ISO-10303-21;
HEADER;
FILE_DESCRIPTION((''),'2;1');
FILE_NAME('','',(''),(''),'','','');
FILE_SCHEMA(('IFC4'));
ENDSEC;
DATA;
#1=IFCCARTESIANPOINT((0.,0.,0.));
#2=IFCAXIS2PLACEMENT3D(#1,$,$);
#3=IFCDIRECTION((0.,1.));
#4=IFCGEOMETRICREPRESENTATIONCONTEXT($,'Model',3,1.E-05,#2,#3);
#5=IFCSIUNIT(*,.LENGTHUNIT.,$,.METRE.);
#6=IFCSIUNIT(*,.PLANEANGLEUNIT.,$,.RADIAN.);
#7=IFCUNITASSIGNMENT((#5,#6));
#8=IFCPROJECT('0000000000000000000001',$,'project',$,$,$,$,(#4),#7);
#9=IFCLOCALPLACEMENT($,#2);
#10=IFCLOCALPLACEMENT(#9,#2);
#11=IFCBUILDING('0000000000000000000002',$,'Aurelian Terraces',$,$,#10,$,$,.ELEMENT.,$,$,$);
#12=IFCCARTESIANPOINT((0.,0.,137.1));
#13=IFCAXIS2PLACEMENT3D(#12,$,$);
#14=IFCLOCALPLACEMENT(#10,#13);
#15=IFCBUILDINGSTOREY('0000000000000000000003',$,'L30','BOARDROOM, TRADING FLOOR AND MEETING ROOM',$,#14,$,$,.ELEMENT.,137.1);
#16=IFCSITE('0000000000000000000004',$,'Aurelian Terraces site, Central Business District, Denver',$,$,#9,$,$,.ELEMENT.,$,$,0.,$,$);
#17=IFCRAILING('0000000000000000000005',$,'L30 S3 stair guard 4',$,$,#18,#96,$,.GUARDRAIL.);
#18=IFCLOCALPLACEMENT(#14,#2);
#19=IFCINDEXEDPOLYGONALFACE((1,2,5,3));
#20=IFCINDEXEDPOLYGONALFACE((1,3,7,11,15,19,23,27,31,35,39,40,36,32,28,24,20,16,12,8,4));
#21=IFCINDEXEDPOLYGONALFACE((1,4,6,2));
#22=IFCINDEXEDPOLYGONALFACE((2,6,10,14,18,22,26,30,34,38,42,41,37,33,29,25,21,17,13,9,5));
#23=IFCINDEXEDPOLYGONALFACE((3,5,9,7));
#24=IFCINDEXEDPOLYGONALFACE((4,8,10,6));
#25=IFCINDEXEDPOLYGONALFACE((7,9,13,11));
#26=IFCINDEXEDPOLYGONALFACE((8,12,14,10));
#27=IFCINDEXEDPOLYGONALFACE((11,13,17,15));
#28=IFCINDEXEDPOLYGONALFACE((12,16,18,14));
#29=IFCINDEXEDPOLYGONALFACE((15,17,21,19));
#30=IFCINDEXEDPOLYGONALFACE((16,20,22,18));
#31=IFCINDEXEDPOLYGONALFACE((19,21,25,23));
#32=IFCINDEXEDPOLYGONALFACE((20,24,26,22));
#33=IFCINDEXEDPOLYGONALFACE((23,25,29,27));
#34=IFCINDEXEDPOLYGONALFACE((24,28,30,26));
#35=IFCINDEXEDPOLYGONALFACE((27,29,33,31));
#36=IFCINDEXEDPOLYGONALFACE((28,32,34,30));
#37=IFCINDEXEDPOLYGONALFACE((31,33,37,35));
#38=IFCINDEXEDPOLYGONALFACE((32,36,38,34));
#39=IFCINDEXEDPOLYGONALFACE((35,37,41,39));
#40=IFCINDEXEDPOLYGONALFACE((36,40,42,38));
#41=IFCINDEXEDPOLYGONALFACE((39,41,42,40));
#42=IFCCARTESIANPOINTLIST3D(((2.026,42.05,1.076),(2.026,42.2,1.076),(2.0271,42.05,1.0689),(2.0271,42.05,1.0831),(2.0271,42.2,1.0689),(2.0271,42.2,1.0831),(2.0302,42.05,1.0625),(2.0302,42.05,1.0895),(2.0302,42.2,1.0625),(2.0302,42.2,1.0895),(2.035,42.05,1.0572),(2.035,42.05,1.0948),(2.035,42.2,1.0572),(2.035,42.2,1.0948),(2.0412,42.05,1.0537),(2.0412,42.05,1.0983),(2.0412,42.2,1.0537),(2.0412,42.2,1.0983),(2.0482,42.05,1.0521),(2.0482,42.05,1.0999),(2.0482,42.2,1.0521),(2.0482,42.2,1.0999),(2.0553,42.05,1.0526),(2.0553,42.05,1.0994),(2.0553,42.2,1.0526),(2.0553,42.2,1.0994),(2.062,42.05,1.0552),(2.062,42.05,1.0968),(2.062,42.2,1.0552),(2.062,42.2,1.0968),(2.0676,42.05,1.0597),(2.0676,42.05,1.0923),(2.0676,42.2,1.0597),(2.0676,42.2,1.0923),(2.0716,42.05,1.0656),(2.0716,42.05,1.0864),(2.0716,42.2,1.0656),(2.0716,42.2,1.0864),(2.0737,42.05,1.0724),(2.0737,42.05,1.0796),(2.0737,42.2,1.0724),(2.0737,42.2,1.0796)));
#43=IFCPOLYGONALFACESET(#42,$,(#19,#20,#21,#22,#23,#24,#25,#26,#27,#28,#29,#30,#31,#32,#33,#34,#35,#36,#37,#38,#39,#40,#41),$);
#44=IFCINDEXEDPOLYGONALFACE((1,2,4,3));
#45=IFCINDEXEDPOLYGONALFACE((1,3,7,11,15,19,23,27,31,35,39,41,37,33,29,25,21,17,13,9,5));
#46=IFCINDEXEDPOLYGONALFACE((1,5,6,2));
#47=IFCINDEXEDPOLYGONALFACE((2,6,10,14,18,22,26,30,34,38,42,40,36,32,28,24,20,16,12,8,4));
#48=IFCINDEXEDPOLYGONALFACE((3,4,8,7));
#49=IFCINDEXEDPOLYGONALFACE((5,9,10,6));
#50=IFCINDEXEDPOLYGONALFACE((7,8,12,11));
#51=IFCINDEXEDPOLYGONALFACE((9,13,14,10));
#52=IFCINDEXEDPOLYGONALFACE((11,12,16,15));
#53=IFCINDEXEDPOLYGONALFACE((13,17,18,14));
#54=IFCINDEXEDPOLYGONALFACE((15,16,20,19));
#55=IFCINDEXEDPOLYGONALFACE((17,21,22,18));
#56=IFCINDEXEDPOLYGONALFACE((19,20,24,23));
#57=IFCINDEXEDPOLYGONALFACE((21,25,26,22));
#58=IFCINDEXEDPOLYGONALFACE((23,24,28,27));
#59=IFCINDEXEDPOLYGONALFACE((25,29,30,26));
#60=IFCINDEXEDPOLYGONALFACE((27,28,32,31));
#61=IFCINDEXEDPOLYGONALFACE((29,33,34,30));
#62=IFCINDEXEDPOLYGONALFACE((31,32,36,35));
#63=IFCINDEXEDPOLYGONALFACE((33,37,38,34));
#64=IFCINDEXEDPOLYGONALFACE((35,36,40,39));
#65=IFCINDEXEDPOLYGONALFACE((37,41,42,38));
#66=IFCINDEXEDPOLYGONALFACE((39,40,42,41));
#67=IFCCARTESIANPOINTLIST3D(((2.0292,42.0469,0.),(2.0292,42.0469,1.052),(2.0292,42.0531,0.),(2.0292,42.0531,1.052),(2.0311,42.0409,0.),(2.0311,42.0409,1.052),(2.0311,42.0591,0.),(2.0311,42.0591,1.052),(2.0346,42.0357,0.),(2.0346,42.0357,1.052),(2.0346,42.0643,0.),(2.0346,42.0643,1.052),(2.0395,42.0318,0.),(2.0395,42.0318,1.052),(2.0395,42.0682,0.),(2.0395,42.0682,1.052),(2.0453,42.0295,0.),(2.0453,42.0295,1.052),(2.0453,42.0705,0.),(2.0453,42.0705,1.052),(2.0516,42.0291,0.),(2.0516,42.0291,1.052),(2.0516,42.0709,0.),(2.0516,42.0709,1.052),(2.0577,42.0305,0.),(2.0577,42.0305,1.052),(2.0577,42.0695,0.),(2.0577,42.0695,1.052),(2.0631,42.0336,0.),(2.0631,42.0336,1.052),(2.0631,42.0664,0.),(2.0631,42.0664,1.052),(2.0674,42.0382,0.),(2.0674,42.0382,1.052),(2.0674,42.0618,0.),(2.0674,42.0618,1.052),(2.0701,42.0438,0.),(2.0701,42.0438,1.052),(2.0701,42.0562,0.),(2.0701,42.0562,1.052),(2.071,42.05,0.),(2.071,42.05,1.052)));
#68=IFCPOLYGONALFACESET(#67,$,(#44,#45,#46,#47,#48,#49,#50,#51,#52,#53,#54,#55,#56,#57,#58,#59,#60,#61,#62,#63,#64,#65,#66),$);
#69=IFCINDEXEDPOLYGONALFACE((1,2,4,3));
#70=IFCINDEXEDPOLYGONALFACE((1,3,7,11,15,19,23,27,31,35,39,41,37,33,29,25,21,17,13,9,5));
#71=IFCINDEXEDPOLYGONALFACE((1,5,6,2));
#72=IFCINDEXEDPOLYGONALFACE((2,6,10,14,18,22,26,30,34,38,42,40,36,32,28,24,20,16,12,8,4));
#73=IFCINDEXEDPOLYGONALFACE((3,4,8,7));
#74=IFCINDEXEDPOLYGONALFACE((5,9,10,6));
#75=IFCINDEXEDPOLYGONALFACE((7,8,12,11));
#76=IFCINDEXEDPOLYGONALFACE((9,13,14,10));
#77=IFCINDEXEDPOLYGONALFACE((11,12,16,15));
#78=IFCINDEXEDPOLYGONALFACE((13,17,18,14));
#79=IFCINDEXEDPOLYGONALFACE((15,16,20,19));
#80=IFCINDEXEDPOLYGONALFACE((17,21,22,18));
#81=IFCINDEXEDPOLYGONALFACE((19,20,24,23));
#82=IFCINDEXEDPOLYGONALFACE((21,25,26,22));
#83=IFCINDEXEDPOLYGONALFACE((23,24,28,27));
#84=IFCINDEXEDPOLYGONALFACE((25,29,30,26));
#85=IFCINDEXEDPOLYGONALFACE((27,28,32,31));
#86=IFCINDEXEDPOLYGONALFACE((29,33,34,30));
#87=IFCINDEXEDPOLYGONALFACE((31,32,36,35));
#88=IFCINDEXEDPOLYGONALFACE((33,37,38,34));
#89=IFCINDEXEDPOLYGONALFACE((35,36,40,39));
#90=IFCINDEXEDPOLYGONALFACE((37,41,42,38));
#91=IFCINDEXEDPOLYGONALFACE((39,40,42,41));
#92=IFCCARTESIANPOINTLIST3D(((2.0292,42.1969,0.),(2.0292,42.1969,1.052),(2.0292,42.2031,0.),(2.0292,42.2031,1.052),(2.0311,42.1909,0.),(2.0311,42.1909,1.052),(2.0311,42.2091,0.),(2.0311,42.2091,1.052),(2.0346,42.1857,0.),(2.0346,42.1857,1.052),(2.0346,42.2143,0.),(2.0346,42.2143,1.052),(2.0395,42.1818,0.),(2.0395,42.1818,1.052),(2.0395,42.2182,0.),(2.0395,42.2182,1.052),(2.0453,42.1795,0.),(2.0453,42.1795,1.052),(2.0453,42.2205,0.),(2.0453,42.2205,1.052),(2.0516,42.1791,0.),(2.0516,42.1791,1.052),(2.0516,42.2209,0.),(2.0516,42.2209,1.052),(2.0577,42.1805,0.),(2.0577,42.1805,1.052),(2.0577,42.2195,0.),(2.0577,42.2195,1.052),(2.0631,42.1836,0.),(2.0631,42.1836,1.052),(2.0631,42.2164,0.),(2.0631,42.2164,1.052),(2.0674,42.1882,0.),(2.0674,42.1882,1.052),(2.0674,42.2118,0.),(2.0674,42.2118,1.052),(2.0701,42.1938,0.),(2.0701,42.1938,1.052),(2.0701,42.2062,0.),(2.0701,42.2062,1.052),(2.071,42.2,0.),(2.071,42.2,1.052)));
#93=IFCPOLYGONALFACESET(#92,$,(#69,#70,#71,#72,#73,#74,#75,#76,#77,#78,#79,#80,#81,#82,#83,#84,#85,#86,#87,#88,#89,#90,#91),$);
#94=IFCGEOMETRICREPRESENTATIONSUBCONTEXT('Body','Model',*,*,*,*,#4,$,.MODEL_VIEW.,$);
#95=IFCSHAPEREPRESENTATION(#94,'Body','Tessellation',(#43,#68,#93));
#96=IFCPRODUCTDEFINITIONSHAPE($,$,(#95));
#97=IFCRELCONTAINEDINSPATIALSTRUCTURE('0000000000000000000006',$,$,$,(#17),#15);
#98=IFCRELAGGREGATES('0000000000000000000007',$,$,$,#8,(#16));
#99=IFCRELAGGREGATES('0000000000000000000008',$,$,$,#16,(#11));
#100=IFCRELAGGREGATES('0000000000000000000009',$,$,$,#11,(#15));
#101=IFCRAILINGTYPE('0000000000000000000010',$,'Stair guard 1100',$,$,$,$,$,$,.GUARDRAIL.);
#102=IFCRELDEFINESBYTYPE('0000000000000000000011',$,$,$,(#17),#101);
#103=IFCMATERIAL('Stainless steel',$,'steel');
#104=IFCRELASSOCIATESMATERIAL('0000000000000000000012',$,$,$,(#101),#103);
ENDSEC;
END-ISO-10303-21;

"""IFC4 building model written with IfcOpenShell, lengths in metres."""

from ifc_helpers import new_model, si_unit, direction, frame, origin, origin_2d, place, context, subcontext, project, spatial, circle, extrude, source, transform, mapped, material, type_object, element, save


model = new_model("IFC4")

# Units and contexts
model_context = context("Model", 3, precision=1e-05, world=origin(), true_north=direction((0.0, 1.0)))
body_context = subcontext(model_context, "Body", "Model", "MODEL_VIEW")
ifc_project = project(units=[si_unit("LENGTHUNIT", "METRE"), si_unit("PLANEANGLEUNIT", "RADIAN")], contexts=[model_context])

# Site, building, storey
site_placement = place(None, origin())
site = spatial("IfcSite", under=ifc_project, at=site_placement, Name="Aurelian Terraces site, Central Business District, Denver", CompositionType="ELEMENT", RefElevation=0.0)
building_placement = place(site_placement, origin())
building = spatial("IfcBuilding", under=site, at=building_placement, Name="Aurelian Terraces", CompositionType="ELEMENT")
storey_placement = place(building_placement, frame((0.0, 0.0, 137.1)))
storey = spatial("IfcBuildingStorey", under=building, at=storey_placement, Name="L30", Description="BOARDROOM, TRADING FLOOR AND MEETING ROOM", CompositionType="ELEMENT", Elevation=137.1)

# Railing
ifc_material_1 = material(Name="Stainless steel", Category="steel")
railing_type_1 = type_object("IfcRailingType", Name="Stair guard 1100", PredefinedType="GUARDRAIL", material=ifc_material_1)
shared_shape_1 = source(origin(), body_context, "Body", "SweptSolid", [
    extrude(circle(Radius=0.024, at=origin_2d()), frame((0.0, 0.0, 1.076), z_axis=(0.0, 1.0, 0.0), x_axis=(-1.0, 0.0, 0.0)), (0.0, 0.0, 1.0), 0.15),
    extrude(circle(Radius=0.021, at=origin_2d()), origin(), (0.0, 0.0, 1.0), 1.052),
    extrude(circle(Radius=0.021, at=origin_2d()), frame((0.0, 0.15, 0.0)), (0.0, 0.0, 1.0), 1.052),
])
for number, where, name in (
    (1, (2.05, 42.05, 0.0), "L30 S3 stair guard 4"),
):
    element("IfcRailing", number, at=place(storey_placement, frame(where)), inside=storey, type_object=railing_type_1, Name=name, PredefinedType="GUARDRAIL", context=body_context, shape_type="MappedRepresentation", body=[
        mapped(shared_shape_1, transform((0.0, 0.0, 0.0), scale=1.0)),
    ])

save(model, "model.ifc")
